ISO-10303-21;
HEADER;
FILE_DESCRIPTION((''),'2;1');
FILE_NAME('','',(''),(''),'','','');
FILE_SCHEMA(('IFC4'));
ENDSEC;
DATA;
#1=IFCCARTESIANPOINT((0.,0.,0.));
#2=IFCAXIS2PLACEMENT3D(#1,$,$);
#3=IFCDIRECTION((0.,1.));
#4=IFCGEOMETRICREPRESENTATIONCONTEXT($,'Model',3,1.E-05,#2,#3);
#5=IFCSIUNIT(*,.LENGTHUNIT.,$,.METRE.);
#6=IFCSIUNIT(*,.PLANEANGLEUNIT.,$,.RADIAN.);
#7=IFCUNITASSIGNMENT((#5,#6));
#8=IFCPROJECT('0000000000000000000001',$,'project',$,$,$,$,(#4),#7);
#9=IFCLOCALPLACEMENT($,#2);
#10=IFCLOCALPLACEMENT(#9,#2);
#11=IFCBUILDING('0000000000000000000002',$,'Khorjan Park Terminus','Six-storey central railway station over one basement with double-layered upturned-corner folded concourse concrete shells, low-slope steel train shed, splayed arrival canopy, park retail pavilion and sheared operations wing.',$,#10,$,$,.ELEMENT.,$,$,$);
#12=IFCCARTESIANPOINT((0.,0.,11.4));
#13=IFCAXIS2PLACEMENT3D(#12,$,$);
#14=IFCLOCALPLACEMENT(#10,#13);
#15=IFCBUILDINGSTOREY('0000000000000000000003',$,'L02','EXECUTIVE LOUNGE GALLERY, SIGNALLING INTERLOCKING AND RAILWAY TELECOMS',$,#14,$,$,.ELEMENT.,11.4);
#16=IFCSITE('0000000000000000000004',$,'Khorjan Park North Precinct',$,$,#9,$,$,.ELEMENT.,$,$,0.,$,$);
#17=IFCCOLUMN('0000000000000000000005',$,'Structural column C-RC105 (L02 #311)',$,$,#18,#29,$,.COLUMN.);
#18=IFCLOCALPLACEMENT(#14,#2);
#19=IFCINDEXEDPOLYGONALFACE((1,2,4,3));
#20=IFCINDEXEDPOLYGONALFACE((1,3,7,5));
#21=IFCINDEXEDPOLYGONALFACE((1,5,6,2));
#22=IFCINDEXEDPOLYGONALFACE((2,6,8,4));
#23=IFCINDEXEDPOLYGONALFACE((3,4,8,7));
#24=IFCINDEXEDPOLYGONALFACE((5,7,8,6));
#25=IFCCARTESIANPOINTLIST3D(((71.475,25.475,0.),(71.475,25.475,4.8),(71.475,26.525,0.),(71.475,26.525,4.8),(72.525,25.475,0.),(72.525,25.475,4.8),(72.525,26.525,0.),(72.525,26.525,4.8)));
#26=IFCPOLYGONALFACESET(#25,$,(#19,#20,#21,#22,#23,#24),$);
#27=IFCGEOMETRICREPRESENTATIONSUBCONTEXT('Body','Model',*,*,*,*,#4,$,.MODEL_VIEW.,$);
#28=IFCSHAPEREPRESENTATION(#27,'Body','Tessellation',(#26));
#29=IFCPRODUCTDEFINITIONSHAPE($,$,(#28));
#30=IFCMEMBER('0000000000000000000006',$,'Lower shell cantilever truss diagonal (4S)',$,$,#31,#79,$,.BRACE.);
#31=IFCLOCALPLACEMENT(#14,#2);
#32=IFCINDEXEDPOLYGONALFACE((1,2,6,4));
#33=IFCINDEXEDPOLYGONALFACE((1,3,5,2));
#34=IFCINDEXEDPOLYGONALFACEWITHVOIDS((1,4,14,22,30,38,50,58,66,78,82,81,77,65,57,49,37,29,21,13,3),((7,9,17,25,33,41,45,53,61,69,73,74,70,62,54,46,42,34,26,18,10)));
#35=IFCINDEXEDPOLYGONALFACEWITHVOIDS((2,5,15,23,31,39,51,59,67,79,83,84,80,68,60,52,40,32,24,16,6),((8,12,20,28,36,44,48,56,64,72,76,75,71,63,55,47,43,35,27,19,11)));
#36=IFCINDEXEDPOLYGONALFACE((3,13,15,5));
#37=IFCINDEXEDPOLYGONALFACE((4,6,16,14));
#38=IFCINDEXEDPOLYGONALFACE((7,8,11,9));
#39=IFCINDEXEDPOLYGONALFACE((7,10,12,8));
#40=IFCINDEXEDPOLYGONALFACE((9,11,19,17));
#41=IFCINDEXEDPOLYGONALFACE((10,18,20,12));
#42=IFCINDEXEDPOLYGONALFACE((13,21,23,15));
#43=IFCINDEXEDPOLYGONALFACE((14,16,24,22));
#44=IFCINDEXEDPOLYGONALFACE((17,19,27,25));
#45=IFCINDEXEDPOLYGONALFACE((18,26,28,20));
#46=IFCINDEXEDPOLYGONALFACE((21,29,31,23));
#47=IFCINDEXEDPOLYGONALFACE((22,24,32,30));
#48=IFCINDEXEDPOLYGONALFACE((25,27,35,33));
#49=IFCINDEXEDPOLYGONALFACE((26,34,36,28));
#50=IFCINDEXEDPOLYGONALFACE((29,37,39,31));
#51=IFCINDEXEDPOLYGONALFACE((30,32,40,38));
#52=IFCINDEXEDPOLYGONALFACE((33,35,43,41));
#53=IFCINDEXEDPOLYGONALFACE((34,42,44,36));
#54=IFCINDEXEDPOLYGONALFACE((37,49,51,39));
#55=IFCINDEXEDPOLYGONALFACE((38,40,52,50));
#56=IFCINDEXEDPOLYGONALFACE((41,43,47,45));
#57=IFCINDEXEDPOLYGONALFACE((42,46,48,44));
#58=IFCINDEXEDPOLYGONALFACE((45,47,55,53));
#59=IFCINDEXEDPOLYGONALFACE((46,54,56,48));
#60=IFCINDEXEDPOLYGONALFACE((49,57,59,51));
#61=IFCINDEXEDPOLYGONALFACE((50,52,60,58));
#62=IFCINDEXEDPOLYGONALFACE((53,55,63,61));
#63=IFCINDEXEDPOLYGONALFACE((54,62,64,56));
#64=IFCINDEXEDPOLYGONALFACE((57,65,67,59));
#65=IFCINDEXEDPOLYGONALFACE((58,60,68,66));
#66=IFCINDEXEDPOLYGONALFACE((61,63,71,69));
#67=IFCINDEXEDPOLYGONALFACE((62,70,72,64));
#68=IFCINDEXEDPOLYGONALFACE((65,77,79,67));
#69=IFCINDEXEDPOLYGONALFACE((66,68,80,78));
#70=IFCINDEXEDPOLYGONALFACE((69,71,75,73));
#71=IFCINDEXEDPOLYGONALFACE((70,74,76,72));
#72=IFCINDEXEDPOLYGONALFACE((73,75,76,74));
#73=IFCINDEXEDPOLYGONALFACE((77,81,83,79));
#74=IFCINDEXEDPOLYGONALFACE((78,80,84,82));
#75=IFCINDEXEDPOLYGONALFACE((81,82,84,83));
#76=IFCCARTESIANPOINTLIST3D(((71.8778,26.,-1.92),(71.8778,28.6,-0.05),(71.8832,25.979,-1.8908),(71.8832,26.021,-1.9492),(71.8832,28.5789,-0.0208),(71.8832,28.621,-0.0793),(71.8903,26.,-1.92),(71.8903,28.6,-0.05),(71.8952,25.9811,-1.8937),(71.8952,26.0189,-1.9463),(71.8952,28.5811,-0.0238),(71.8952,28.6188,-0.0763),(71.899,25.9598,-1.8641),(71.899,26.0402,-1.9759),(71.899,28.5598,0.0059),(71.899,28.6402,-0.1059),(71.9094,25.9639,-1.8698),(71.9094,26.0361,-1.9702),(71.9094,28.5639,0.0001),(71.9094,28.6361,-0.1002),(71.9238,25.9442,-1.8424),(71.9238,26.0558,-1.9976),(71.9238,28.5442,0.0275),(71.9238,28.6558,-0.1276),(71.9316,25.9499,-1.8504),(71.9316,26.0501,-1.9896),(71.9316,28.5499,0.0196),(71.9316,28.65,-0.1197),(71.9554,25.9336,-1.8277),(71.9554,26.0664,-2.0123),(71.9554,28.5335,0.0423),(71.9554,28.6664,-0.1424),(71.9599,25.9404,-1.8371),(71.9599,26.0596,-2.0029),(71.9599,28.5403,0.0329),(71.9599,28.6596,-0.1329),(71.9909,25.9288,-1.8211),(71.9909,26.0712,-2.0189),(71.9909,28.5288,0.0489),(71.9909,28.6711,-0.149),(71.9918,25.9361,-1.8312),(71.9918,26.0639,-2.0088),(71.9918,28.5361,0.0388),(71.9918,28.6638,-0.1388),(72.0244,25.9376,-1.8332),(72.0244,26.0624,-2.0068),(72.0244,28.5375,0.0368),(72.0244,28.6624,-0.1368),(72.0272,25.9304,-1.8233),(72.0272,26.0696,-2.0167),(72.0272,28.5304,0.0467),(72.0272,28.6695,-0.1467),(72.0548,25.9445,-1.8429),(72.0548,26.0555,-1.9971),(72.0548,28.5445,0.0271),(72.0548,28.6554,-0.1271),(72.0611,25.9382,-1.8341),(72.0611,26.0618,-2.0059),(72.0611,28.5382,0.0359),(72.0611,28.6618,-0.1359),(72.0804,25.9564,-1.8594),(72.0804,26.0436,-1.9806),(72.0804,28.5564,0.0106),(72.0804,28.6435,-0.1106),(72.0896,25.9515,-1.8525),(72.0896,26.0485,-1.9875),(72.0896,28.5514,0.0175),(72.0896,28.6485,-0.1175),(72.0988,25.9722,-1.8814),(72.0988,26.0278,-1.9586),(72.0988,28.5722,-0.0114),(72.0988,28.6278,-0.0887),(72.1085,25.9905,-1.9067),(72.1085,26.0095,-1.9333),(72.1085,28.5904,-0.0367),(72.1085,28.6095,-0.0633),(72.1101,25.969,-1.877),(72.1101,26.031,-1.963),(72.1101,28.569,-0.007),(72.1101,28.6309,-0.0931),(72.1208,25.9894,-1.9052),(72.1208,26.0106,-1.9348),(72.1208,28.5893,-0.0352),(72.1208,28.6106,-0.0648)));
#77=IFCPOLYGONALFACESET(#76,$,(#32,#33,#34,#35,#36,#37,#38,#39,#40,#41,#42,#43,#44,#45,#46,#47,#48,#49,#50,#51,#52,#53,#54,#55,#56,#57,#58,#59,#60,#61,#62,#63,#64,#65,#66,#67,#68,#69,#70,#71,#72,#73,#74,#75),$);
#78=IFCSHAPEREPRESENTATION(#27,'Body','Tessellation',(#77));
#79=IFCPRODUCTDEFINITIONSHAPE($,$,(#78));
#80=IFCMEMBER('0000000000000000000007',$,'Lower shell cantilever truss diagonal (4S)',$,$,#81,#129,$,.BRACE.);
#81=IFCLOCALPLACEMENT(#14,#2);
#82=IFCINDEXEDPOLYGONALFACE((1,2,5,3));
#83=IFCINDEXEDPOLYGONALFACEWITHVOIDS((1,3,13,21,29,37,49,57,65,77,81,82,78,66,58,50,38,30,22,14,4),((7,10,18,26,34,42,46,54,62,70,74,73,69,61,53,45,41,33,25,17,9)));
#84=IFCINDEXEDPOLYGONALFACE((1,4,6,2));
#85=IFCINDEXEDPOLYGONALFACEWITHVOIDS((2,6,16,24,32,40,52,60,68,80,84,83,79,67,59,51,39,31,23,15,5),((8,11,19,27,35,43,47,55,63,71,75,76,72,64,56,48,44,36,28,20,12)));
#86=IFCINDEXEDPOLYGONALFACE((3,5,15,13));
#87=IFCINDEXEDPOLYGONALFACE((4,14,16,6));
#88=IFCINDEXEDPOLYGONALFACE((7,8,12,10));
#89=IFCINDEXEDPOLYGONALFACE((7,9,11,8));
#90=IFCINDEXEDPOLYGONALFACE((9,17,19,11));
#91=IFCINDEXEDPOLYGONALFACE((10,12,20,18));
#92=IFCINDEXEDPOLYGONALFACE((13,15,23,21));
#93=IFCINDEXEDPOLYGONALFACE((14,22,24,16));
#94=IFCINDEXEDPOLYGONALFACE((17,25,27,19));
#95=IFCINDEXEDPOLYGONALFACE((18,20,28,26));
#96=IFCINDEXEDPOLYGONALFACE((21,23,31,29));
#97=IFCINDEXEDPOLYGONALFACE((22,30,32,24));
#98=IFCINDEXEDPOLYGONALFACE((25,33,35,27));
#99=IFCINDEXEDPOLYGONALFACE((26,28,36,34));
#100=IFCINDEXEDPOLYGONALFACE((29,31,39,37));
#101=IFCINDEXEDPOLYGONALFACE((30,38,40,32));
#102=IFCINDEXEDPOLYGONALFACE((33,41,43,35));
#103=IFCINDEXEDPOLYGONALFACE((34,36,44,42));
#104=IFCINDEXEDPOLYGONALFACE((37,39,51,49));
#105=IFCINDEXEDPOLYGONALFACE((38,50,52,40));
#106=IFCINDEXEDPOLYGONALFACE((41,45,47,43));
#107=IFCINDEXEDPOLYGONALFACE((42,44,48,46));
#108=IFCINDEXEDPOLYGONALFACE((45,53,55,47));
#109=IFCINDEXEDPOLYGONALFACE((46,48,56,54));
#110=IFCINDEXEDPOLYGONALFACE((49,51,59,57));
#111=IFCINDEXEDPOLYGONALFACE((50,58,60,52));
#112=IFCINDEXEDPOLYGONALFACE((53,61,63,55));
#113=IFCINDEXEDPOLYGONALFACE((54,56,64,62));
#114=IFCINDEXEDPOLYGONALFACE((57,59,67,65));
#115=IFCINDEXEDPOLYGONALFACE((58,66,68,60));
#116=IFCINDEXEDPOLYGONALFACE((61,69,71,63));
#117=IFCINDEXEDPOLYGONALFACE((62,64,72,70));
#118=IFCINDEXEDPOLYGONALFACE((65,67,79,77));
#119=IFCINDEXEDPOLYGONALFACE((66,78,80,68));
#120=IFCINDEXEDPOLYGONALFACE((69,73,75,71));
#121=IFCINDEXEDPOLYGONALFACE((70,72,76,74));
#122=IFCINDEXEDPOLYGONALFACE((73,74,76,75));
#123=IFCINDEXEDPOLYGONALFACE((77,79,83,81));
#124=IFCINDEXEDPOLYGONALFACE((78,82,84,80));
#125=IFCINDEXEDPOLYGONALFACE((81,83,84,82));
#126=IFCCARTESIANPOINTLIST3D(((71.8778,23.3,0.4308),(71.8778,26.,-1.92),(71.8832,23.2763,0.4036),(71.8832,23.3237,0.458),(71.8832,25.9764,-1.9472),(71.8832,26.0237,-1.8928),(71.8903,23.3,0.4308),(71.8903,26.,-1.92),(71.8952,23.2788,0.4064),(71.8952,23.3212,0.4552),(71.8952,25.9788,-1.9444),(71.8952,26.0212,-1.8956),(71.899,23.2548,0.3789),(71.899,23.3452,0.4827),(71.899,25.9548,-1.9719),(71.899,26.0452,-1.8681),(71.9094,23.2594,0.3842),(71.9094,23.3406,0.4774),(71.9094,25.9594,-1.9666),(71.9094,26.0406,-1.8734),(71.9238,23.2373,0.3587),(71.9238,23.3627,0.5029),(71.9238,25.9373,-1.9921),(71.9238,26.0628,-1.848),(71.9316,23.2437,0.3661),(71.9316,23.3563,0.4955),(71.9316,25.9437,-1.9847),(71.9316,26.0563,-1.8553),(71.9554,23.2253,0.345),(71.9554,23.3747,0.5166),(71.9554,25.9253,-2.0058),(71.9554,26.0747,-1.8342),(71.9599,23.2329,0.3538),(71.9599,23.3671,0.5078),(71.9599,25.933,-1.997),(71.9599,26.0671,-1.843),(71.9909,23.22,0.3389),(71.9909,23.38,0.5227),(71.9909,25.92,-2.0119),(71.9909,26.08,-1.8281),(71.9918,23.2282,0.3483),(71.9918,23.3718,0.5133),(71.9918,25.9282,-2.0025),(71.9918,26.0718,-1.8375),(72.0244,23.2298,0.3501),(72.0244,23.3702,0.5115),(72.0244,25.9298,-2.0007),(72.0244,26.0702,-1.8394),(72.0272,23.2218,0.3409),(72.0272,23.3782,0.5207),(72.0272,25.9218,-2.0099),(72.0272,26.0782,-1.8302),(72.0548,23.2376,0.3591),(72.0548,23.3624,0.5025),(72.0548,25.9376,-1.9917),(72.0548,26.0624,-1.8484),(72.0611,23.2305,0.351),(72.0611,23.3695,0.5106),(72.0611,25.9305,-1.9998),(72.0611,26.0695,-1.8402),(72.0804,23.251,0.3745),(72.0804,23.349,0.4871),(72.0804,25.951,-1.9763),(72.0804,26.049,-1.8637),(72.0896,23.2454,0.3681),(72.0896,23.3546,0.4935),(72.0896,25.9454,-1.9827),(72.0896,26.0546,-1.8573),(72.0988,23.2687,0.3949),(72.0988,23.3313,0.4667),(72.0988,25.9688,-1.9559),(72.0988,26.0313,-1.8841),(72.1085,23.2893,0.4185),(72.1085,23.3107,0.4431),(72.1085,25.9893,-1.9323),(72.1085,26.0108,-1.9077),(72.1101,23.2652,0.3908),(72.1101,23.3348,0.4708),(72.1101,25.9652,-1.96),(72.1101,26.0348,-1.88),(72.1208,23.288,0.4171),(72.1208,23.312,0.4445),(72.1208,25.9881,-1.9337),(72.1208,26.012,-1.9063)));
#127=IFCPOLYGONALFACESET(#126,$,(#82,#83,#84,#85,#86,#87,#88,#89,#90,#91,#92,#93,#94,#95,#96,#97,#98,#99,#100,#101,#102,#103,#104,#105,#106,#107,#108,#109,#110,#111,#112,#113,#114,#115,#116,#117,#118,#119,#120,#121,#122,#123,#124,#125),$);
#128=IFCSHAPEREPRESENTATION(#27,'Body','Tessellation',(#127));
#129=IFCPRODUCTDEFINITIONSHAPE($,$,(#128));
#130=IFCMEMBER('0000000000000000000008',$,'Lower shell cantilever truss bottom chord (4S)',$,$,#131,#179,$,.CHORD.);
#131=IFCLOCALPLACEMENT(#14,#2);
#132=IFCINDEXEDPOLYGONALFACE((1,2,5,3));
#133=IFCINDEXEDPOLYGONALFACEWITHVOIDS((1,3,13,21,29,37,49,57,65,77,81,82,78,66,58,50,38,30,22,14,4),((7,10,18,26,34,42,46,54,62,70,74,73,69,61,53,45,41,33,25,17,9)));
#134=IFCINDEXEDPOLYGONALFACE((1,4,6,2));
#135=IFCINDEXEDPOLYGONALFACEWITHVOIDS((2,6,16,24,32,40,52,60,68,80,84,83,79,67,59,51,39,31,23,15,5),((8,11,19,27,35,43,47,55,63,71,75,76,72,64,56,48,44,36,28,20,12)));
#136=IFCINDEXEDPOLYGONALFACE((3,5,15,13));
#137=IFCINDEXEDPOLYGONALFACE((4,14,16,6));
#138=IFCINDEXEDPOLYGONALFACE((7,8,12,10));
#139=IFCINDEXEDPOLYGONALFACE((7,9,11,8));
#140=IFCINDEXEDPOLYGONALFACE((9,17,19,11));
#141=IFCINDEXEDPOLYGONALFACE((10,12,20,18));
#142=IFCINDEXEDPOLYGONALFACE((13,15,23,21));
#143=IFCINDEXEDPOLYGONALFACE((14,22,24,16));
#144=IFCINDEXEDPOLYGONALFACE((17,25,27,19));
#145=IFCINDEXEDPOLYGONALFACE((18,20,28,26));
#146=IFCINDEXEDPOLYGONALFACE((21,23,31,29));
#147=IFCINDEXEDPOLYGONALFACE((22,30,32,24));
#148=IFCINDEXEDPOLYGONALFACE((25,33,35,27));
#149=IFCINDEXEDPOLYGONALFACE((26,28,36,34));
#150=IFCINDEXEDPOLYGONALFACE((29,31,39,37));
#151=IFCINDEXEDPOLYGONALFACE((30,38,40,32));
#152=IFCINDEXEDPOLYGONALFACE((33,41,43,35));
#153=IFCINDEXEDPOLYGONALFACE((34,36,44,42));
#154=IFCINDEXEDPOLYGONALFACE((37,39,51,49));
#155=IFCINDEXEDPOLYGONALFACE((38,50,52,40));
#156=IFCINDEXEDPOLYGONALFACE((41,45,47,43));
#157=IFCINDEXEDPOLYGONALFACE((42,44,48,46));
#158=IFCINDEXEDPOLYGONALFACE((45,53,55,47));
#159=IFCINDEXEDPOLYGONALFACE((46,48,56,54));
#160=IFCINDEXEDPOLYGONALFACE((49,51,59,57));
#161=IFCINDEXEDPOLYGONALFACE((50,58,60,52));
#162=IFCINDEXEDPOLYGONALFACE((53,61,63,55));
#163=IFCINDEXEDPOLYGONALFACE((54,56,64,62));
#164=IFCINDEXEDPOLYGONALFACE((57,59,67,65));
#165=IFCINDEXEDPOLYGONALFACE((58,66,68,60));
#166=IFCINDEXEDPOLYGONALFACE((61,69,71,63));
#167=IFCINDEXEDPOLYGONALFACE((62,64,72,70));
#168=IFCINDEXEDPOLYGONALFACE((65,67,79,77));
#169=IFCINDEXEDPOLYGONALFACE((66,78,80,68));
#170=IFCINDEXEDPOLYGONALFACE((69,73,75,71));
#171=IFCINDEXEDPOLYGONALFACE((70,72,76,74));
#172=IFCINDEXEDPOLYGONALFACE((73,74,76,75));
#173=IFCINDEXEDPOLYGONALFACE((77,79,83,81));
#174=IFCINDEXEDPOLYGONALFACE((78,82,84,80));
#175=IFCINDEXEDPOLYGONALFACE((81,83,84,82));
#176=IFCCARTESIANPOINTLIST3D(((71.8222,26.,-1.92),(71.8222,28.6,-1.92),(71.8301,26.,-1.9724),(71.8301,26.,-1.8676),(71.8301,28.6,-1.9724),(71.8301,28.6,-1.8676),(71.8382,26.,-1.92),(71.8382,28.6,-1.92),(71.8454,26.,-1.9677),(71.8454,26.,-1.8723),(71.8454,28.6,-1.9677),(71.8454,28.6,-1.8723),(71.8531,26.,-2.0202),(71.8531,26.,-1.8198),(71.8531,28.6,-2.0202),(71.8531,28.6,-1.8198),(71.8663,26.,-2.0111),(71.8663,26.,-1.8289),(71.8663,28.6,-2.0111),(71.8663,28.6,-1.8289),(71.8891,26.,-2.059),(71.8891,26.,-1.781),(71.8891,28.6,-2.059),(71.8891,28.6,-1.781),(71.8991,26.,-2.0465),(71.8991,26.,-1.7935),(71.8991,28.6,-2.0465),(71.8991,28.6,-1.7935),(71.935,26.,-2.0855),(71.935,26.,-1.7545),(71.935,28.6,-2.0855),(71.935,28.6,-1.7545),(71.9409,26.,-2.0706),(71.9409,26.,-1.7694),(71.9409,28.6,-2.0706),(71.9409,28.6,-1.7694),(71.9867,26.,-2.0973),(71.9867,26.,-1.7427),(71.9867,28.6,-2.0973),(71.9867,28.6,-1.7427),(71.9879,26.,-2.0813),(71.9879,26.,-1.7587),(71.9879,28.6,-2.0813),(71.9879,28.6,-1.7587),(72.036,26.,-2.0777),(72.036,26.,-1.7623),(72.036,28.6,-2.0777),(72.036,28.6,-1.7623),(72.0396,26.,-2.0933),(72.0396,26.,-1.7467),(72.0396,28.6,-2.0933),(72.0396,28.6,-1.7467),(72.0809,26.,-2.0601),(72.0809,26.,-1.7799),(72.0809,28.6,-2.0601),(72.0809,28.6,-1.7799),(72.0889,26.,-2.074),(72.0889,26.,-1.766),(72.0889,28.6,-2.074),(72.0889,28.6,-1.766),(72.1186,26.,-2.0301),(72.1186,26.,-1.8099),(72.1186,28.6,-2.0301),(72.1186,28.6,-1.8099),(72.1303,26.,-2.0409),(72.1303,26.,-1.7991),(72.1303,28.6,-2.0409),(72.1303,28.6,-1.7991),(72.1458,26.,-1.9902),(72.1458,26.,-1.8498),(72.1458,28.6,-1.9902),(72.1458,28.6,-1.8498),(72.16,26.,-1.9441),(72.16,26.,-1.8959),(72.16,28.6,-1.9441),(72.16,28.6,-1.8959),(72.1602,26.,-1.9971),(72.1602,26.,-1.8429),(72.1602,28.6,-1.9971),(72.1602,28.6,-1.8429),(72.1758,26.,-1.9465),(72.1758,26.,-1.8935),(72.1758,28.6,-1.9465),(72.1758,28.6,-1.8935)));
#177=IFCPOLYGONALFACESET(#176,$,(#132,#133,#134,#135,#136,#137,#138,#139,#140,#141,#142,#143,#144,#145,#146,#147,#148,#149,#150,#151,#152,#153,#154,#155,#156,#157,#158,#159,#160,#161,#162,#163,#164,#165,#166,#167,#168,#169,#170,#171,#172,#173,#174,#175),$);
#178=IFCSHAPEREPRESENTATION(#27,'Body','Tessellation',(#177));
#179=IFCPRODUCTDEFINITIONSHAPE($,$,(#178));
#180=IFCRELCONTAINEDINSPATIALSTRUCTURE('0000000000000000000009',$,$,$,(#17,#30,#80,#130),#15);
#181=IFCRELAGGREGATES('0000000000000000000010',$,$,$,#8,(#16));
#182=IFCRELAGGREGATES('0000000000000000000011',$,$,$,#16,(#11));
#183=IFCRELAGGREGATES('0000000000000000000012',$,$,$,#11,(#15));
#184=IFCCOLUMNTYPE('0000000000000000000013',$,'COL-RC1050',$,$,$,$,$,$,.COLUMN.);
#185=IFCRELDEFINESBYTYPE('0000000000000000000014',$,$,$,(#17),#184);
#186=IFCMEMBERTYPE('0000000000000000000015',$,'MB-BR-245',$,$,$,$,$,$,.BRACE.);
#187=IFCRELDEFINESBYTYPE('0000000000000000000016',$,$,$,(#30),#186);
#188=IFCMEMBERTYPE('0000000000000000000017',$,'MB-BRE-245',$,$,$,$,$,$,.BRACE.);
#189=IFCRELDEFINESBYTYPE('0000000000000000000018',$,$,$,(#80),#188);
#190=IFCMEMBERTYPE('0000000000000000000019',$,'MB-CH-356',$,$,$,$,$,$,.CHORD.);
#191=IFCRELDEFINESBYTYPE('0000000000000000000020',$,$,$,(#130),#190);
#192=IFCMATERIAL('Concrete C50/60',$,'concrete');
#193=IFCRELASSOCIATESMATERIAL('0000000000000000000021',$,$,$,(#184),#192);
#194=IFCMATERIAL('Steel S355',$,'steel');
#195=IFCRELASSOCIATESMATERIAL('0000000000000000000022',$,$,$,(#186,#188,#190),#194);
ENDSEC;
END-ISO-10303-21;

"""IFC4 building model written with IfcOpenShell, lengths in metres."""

from ifc_helpers import new_model, si_unit, direction, frame, origin, origin_2d, place, context, subcontext, project, spatial, rectangle, hollow_circle, extrude, material, material_profile, profile_set, type_object, element, save


model = new_model("IFC4")

# Units and contexts
model_context = context("Model", 3, precision=1e-05, world=origin(), true_north=direction((0.0, 1.0)))
body_context = subcontext(model_context, "Body", "Model", "MODEL_VIEW")
ifc_project = project(units=[si_unit("LENGTHUNIT", "METRE"), si_unit("PLANEANGLEUNIT", "RADIAN")], contexts=[model_context])

# Site, building, storey
site_placement = place(None, origin())
site = spatial("IfcSite", under=ifc_project, at=site_placement, Name="Khorjan Park North Precinct", CompositionType="ELEMENT", RefElevation=0.0)
building_placement = place(site_placement, origin())
building = spatial("IfcBuilding", under=site, at=building_placement, Name="Khorjan Park Terminus", Description="Six-storey central railway station over one basement with double-layered upturned-corner folded concourse concrete shells, low-slope steel train shed, splayed arrival canopy, park retail pavilion and sheared operations wing.", CompositionType="ELEMENT")
storey_placement = place(building_placement, frame((0.0, 0.0, 11.4)))
storey = spatial("IfcBuildingStorey", under=building, at=storey_placement, Name="L02", Description="EXECUTIVE LOUNGE GALLERY, SIGNALLING INTERLOCKING AND RAILWAY TELECOMS", CompositionType="ELEMENT", Elevation=11.4)

# Column
ifc_material_1 = material(Name="Concrete C50/60", Category="concrete")
ifc_material_profile_1 = material_profile(ifc_material_1, rectangle(XDim=1.05, YDim=1.05, at=origin_2d()), Name="RC 1050x1050")
ifc_profile_set_1 = profile_set([ifc_material_profile_1], Name="Concrete C50/60")
column_type = type_object("IfcColumnType", Name="COL-RC1050", PredefinedType="COLUMN", material=ifc_profile_set_1)
column_placement = place(storey_placement, frame((72.0, 26.0, 0.0), z_axis=(0.0, 0.0, 1.0), x_axis=(1.0, 0.0, 0.0)))
element("IfcColumn", 1, at=column_placement, inside=storey, type_object=column_type, Name="Structural column C-RC105 (L02 #311)", PredefinedType="COLUMN", context=body_context, shape_type="SweptSolid", body=[
    extrude(rectangle(XDim=1.05, YDim=1.05, at=origin_2d()), origin(), (0.0, 0.0, 1.0), 4.8),
])

# Members
ifc_material_2 = material(Name="Steel S355", Category="steel")
ifc_material_profile_2 = material_profile(ifc_material_2, hollow_circle(Radius=0.1222, WallThickness=0.0125, at=origin_2d()), Name="CHS 244.5x12.5")
ifc_profile_set_2 = profile_set([ifc_material_profile_2], Name="Steel S355")
member_type_1 = type_object("IfcMemberType", Name="MB-BR-245", PredefinedType="BRACE", material=ifc_profile_set_2)
member_1_placement = place(storey_placement, frame((72.0, 26.0, -1.92), z_axis=(0.0, 0.81183, 0.583893), x_axis=(-1.0, 0.0, 0.0)))
element("IfcMember", 2, at=member_1_placement, inside=storey, type_object=member_type_1, Name="Lower shell cantilever truss diagonal (4S)", PredefinedType="BRACE", context=body_context, shape_type="SweptSolid", body=[
    extrude(hollow_circle(Radius=0.1222, WallThickness=0.0125, at=origin_2d()), origin(), (0.0, 0.0, 1.0), 3.2026),
])
ifc_material_profile_3 = material_profile(ifc_material_2, hollow_circle(Radius=0.1222, WallThickness=0.0125, at=origin_2d()), Name="CHS 244.5x12.5")
ifc_profile_set_3 = profile_set([ifc_material_profile_3], Name="Steel S355")
member_type_2 = type_object("IfcMemberType", Name="MB-BRE-245", PredefinedType="BRACE", material=ifc_profile_set_3)
member_2_placement = place(storey_placement, frame((72.0, 23.3, 0.4308), z_axis=(0.0, 0.754194, -0.656652), x_axis=(-1.0, 0.0, 0.0)))
element("IfcMember", 3, at=member_2_placement, inside=storey, type_object=member_type_2, Name="Lower shell cantilever truss diagonal (4S)", PredefinedType="BRACE", context=body_context, shape_type="SweptSolid", body=[
    extrude(hollow_circle(Radius=0.1222, WallThickness=0.0125, at=origin_2d()), origin(), (0.0, 0.0, 1.0), 3.58),
])
ifc_material_profile_4 = material_profile(ifc_material_2, hollow_circle(Radius=0.1778, WallThickness=0.016, at=origin_2d()), Name="CHS 355.6x16")
ifc_profile_set_4 = profile_set([ifc_material_profile_4], Name="Steel S355")
member_type_3 = type_object("IfcMemberType", Name="MB-CH-356", PredefinedType="CHORD", material=ifc_profile_set_4)
member_3_placement = place(storey_placement, frame((72.0, 26.0, -1.92), z_axis=(0.0, 1.0, 0.0), x_axis=(-1.0, 0.0, 0.0)))
element("IfcMember", 4, at=member_3_placement, inside=storey, type_object=member_type_3, Name="Lower shell cantilever truss bottom chord (4S)", PredefinedType="CHORD", context=body_context, shape_type="SweptSolid", body=[
    extrude(hollow_circle(Radius=0.1778, WallThickness=0.016, at=origin_2d()), origin(), (0.0, 0.0, 1.0), 2.6),
])

save(model, "model.ifc")
